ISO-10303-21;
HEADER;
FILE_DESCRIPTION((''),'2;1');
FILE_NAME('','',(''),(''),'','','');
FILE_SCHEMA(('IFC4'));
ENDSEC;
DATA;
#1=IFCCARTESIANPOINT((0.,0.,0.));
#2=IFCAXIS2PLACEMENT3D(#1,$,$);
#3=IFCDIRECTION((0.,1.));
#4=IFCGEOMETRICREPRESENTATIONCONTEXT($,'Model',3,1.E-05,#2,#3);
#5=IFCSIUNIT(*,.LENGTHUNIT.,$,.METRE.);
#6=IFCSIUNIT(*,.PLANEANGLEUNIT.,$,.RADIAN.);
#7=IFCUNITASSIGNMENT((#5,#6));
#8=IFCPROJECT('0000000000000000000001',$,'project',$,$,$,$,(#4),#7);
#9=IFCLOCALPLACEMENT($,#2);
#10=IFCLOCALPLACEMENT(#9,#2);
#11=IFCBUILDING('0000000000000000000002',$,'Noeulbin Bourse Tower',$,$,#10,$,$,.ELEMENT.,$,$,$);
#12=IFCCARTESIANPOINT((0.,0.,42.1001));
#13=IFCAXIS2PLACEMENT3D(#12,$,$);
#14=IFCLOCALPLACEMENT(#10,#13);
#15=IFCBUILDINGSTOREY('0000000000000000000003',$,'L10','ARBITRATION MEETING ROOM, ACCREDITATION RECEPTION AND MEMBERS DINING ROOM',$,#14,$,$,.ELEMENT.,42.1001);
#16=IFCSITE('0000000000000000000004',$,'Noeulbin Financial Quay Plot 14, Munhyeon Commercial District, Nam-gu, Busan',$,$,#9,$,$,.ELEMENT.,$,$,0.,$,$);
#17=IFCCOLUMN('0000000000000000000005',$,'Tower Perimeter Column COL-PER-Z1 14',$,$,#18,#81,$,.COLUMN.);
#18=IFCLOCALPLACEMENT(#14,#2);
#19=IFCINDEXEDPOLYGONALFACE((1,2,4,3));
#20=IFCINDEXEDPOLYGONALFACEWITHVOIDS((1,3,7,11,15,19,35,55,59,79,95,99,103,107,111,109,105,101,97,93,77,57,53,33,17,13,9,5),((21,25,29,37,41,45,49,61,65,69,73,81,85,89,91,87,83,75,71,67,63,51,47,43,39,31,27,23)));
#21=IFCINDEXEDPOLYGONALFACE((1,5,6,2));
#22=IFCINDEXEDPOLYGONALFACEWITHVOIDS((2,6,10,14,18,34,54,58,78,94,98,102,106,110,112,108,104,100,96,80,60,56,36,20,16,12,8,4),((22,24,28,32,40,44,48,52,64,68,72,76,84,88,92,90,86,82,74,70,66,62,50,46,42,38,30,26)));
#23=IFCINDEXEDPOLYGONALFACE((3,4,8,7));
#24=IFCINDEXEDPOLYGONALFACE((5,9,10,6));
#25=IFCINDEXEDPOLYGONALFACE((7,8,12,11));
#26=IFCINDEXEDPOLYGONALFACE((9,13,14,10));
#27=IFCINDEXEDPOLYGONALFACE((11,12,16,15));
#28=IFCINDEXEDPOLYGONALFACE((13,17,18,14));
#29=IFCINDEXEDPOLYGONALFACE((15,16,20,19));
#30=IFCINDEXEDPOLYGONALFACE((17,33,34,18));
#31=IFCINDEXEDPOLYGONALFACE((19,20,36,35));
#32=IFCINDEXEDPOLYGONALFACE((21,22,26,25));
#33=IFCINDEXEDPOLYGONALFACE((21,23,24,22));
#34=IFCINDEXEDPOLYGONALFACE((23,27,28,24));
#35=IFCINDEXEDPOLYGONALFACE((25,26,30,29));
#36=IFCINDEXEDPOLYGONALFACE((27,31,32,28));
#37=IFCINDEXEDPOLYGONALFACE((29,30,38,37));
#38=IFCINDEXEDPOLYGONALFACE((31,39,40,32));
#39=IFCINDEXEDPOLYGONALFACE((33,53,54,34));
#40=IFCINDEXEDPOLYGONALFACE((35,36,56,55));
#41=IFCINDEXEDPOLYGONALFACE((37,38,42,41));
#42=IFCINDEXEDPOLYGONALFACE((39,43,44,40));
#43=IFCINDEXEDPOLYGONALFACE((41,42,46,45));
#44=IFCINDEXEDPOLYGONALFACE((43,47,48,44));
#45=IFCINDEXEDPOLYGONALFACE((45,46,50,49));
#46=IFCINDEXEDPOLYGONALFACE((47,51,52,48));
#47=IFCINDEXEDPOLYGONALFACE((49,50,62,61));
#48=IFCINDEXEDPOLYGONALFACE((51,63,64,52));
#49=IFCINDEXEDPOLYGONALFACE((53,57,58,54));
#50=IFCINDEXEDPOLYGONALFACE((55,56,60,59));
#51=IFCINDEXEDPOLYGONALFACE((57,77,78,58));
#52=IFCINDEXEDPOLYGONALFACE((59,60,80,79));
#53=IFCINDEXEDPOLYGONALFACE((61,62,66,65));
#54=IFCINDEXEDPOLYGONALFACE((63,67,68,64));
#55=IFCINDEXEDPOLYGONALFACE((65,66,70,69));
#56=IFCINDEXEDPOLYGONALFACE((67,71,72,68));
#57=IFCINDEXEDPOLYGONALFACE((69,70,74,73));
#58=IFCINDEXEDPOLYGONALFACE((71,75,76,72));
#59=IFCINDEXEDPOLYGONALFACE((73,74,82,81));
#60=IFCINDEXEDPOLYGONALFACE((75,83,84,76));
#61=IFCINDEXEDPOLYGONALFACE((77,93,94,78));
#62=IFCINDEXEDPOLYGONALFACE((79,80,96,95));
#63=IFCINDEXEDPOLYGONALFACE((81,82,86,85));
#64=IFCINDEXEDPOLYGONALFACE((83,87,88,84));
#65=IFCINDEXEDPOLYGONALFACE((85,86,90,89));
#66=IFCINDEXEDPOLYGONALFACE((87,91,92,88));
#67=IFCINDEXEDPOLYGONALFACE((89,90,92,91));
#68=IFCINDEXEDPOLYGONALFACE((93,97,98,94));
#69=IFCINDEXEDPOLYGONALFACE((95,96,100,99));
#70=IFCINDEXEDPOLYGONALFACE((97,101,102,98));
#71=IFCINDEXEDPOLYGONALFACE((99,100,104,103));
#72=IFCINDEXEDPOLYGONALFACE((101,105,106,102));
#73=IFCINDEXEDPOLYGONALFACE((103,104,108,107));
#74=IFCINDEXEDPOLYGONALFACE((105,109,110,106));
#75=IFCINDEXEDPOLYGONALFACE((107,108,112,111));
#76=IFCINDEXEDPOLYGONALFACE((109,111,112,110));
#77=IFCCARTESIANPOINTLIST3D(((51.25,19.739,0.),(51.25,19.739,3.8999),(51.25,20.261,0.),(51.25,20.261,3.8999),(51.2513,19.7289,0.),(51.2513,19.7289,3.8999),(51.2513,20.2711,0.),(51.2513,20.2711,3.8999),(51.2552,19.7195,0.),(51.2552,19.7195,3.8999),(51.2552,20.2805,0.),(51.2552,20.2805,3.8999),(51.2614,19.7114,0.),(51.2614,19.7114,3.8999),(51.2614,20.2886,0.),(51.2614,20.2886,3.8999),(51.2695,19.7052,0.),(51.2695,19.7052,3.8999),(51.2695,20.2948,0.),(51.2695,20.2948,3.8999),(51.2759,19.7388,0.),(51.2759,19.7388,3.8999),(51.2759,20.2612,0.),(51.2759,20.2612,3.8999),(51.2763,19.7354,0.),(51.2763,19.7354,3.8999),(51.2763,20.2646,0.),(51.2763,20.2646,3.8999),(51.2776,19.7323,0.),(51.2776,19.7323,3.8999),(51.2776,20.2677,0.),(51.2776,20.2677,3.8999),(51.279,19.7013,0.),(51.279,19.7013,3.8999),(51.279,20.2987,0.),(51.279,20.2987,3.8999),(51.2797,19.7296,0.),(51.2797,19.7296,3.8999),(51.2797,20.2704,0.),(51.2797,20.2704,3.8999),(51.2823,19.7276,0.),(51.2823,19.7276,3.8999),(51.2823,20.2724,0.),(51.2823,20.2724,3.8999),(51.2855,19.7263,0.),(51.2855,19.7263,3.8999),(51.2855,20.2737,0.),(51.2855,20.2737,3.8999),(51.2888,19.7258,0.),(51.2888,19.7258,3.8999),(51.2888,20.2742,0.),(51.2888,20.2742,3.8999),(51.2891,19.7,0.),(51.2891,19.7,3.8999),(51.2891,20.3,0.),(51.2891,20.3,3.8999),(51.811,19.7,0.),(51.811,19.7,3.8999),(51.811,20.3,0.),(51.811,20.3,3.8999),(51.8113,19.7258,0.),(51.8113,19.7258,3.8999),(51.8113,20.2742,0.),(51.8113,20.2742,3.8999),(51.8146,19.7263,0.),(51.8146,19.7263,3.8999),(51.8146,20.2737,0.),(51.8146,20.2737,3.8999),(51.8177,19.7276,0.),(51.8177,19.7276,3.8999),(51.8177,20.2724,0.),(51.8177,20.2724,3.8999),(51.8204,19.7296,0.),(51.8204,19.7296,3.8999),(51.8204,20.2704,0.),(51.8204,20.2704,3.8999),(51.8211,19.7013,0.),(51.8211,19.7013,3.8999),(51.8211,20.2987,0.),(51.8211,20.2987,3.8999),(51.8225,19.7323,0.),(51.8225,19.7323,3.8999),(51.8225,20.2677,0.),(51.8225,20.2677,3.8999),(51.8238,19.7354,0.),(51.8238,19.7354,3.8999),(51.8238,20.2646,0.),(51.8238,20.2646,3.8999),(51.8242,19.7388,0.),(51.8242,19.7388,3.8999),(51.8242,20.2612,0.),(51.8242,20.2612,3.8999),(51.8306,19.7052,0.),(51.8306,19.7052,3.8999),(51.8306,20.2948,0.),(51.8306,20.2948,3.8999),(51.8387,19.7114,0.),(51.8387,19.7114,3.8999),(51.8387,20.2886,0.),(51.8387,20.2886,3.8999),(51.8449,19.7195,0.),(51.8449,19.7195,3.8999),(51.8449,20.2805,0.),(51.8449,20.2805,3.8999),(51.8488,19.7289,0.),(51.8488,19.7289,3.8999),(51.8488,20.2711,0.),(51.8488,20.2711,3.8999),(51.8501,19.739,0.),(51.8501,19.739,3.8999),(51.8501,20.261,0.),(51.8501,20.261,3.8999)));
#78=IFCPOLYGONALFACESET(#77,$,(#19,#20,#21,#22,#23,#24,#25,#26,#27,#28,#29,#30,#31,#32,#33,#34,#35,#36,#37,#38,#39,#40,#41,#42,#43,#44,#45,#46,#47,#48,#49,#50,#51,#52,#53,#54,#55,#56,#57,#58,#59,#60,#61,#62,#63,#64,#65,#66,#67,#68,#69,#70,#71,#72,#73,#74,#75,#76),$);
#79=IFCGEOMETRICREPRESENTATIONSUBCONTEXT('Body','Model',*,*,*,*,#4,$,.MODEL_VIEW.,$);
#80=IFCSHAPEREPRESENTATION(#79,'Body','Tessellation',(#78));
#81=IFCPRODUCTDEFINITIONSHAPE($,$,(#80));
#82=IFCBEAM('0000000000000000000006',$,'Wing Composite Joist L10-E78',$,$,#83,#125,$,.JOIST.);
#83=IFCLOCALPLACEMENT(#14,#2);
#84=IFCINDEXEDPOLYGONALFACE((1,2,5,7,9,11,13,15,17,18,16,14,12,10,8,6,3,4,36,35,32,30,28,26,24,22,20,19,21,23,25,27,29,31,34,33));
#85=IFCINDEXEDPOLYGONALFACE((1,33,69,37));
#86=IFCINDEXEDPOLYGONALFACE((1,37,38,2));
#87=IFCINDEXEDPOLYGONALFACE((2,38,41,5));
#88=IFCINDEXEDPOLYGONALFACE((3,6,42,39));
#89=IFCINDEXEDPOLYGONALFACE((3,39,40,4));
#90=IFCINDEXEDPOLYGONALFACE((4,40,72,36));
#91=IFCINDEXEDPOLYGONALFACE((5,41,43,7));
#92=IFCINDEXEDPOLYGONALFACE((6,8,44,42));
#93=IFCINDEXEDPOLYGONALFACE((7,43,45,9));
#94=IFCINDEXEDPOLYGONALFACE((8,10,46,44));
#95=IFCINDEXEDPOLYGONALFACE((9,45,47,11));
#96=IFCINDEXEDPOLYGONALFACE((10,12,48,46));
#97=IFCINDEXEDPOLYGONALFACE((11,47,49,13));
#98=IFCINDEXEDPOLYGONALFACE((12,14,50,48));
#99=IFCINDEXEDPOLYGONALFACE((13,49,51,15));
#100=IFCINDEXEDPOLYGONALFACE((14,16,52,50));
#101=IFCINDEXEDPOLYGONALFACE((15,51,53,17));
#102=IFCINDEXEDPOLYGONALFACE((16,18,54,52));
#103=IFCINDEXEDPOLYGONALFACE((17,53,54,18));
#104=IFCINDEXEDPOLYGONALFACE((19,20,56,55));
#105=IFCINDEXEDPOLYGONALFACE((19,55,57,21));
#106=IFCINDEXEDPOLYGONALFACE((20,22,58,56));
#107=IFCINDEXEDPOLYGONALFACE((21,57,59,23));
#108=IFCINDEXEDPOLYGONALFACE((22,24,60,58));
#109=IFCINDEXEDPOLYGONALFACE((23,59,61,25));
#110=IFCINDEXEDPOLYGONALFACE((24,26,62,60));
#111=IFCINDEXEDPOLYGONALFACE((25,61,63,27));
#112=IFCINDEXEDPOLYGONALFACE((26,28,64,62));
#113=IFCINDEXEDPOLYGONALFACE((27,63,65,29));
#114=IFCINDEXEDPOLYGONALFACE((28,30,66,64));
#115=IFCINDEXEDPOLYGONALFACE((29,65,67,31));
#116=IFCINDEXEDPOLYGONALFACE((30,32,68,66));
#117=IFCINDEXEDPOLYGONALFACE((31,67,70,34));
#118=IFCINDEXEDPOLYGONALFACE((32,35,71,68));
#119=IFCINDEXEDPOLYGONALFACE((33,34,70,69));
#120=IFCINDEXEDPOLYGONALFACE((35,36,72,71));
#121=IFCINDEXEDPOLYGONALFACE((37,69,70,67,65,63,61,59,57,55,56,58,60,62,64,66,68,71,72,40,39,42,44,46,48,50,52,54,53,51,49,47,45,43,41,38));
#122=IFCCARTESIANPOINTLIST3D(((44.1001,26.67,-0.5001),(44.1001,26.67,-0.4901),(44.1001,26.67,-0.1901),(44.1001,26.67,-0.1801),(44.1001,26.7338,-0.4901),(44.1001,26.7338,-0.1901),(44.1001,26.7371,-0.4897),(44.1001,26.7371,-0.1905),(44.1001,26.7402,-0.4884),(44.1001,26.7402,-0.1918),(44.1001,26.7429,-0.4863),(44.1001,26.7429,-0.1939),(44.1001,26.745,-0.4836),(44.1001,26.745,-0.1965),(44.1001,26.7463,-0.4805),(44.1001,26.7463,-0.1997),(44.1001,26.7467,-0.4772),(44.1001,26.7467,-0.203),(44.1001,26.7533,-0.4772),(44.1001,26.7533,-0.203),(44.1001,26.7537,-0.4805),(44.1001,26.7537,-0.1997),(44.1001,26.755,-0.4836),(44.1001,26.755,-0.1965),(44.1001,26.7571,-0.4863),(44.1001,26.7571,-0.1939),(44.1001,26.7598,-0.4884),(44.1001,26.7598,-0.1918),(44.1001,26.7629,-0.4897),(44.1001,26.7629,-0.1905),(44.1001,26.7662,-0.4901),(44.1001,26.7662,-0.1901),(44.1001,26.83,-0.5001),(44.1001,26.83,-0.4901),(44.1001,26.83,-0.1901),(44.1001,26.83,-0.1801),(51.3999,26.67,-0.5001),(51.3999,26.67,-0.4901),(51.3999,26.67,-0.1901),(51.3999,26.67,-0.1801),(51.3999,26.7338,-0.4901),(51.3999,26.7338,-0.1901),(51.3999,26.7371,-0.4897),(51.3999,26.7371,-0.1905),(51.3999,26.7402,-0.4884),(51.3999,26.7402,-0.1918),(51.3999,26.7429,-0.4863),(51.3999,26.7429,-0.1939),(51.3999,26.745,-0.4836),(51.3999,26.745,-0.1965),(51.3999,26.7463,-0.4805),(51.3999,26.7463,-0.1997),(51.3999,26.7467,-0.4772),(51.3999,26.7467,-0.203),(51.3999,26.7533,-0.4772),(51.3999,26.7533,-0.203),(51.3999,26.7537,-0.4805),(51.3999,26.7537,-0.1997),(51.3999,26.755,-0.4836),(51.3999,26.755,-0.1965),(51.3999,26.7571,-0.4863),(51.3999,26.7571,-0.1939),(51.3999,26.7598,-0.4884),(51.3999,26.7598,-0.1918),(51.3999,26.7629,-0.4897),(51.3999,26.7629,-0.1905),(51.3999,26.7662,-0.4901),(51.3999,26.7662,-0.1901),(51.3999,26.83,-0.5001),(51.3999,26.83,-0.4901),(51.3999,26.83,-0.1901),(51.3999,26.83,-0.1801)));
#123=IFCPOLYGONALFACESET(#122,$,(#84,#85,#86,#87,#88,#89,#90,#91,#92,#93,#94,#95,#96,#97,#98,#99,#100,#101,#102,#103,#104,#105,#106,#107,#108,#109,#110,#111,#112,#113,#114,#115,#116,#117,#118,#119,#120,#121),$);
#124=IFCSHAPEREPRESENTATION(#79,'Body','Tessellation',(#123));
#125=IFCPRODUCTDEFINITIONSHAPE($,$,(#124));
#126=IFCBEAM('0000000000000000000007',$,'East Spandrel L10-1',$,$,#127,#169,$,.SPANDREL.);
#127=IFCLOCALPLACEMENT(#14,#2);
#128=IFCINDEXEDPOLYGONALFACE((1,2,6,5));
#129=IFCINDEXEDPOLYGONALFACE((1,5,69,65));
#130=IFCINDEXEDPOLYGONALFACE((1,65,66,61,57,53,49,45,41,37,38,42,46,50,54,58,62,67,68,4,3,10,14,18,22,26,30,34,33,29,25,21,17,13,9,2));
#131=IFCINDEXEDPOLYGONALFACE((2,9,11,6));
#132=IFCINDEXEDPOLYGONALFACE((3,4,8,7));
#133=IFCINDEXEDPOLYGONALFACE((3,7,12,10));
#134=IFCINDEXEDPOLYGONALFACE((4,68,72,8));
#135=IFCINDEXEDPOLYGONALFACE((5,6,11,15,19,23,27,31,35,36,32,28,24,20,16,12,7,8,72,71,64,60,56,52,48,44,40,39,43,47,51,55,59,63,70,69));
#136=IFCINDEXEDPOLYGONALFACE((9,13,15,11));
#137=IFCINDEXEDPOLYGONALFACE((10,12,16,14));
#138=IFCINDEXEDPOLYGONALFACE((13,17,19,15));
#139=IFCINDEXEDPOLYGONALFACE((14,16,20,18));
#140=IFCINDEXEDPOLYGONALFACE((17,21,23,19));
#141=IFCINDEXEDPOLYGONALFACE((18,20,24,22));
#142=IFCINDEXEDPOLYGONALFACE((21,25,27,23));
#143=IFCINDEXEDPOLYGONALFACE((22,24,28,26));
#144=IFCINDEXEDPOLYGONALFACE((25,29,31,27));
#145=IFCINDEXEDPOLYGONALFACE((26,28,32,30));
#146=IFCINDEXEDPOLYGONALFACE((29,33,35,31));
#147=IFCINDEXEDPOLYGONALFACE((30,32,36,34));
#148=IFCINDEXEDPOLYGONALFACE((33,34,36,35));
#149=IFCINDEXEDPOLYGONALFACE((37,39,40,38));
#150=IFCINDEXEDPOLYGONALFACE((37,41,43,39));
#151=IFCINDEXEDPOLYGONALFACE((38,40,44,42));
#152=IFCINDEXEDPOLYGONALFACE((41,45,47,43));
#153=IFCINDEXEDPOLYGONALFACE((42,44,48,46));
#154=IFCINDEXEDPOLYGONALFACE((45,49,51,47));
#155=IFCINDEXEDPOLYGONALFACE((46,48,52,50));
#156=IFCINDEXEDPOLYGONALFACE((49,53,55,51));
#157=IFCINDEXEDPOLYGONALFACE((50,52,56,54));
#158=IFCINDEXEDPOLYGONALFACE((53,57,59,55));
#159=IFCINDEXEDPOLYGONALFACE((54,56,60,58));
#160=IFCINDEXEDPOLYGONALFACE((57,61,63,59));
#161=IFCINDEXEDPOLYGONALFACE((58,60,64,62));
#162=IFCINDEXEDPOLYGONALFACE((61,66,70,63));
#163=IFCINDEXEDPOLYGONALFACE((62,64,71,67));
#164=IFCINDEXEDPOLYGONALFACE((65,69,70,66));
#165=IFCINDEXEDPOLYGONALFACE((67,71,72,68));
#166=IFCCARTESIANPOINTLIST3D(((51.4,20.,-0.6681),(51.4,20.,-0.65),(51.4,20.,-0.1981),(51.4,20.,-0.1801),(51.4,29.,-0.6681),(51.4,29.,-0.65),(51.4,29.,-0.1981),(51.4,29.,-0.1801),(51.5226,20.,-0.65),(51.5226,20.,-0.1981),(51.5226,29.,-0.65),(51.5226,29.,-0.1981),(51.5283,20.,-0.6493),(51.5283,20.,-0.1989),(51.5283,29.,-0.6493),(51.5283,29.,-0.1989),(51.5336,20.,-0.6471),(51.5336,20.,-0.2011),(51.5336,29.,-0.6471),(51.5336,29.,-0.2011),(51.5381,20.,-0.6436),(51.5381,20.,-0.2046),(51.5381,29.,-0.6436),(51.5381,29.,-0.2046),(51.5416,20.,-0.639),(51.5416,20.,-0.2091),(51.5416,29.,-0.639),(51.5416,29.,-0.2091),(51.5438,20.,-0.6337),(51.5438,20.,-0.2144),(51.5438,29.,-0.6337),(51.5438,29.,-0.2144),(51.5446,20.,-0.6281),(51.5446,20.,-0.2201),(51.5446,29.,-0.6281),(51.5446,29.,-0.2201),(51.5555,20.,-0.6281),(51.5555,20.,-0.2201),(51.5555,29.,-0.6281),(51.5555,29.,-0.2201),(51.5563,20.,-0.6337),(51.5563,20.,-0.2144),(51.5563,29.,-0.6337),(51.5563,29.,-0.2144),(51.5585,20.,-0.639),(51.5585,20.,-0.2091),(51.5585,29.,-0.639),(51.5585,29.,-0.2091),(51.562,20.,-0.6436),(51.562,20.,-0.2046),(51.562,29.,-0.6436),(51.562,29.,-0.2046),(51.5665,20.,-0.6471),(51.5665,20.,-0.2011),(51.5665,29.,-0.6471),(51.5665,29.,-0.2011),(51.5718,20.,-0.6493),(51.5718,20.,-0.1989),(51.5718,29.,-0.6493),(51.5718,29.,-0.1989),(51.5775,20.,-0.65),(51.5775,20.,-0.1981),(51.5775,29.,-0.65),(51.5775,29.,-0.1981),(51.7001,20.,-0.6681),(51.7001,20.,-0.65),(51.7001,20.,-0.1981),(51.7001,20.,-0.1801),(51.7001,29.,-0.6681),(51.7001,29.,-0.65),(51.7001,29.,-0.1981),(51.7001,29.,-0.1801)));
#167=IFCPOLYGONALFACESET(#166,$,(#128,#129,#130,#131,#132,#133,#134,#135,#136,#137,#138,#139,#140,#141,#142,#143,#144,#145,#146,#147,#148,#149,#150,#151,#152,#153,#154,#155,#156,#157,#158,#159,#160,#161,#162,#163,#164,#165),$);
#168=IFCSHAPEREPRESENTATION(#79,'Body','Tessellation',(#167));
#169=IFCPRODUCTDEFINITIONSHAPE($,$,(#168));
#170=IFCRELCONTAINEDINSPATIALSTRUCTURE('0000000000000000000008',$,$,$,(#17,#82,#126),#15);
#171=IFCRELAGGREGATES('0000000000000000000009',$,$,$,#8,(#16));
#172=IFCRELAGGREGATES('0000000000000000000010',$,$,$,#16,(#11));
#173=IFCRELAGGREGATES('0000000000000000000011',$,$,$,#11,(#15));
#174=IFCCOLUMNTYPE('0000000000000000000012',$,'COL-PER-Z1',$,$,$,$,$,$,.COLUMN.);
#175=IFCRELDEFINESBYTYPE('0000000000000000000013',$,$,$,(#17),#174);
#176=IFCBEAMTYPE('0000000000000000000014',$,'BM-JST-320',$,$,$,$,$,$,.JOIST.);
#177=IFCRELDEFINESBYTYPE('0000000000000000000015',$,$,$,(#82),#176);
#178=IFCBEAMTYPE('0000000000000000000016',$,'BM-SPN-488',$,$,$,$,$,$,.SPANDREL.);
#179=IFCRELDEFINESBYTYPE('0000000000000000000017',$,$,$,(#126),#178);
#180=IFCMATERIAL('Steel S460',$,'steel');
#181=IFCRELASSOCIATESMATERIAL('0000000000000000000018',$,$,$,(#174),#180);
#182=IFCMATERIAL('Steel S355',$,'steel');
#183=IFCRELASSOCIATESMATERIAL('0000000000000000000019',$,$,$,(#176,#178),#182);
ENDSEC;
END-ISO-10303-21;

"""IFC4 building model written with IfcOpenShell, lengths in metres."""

from ifc_helpers import new_model, si_unit, direction, frame, origin, origin_2d, place, context, subcontext, project, spatial, hollow_rectangle, i_section, extrude, material, material_profile, profile_set, type_object, element, save


model = new_model("IFC4")

# Units and contexts
model_context = context("Model", 3, precision=1e-05, world=origin(), true_north=direction((0.0, 1.0)))
body_context = subcontext(model_context, "Body", "Model", "MODEL_VIEW")
ifc_project = project(units=[si_unit("LENGTHUNIT", "METRE"), si_unit("PLANEANGLEUNIT", "RADIAN")], contexts=[model_context])

# Site, building, storey
site_placement = place(None, origin())
site = spatial("IfcSite", under=ifc_project, at=site_placement, Name="Noeulbin Financial Quay Plot 14, Munhyeon Commercial District, Nam-gu, Busan", CompositionType="ELEMENT", RefElevation=0.0)
building_placement = place(site_placement, origin())
building = spatial("IfcBuilding", under=site, at=building_placement, Name="Noeulbin Bourse Tower", CompositionType="ELEMENT")
storey_placement = place(building_placement, frame((0.0, 0.0, 42.1001)))
storey = spatial("IfcBuildingStorey", under=building, at=storey_placement, Name="L10", Description="ARBITRATION MEETING ROOM, ACCREDITATION RECEPTION AND MEMBERS DINING ROOM", CompositionType="ELEMENT", Elevation=42.1001)

# Column
ifc_material_1 = material(Name="Steel S460", Category="steel")
ifc_material_profile_1 = material_profile(ifc_material_1, hollow_rectangle(XDim=0.6001, YDim=0.6001, WallThickness=0.0259, InnerFilletRadius=0.0129, OuterFilletRadius=0.0391, at=origin_2d()), Name="BOX-600x600x26", Category="LoadBearing")
ifc_profile_set_1 = profile_set([ifc_material_profile_1], Name="Steel S460")
column_type = type_object("IfcColumnType", Name="COL-PER-Z1", PredefinedType="COLUMN", material=ifc_profile_set_1)
column_placement = place(storey_placement, frame((51.55, 20.0, 0.0), z_axis=(0.0, 0.0, 1.0), x_axis=(1.0, 0.0, 0.0)))
element("IfcColumn", 1, at=column_placement, inside=storey, type_object=column_type, Name="Tower Perimeter Column COL-PER-Z1 14", PredefinedType="COLUMN", context=body_context, shape_type="SweptSolid", body=[
    extrude(hollow_rectangle(XDim=0.6001, YDim=0.6001, WallThickness=0.0259, InnerFilletRadius=0.0129, OuterFilletRadius=0.0391, at=origin_2d()), origin(), (0.0, 0.0, 1.0), 3.8999),
])

# Beams
ifc_material_2 = material(Name="Steel S355", Category="steel")
ifc_material_profile_2 = material_profile(ifc_material_2, i_section(OverallWidth=0.1599, OverallDepth=0.3201, WebThickness=0.0066, FlangeThickness=0.01, FilletRadius=0.0129, at=origin_2d()), Name="H-320x160x6.5x10", Category="LoadBearing")
ifc_profile_set_2 = profile_set([ifc_material_profile_2], Name="Steel S355")
beam_type_1 = type_object("IfcBeamType", Name="BM-JST-320", PredefinedType="JOIST", material=ifc_profile_set_2)
beam_1_placement = place(storey_placement, frame((44.1001, 26.75, -0.3401), z_axis=(1.0, 0.0, 0.0), x_axis=(0.0, 1.0, 0.0)))
element("IfcBeam", 2, at=beam_1_placement, inside=storey, type_object=beam_type_1, Name="Wing Composite Joist L10-E78", PredefinedType="JOIST", context=body_context, shape_type="SweptSolid", body=[
    extrude(i_section(OverallWidth=0.1599, OverallDepth=0.3201, WebThickness=0.0066, FlangeThickness=0.01, FilletRadius=0.0129, at=origin_2d()), origin(), (0.0, 0.0, 1.0), 7.2998),
])
ifc_material_profile_3 = material_profile(ifc_material_2, i_section(OverallWidth=0.3, OverallDepth=0.488, WebThickness=0.011, FlangeThickness=0.0181, FilletRadius=0.022, at=origin_2d()), Name="H-488x300x11x18", Category="LoadBearing")
ifc_profile_set_3 = profile_set([ifc_material_profile_3], Name="Steel S355")
beam_type_2 = type_object("IfcBeamType", Name="BM-SPN-488", PredefinedType="SPANDREL", material=ifc_profile_set_3)
beam_2_placement = place(storey_placement, frame((51.55, 20.0, -0.4241), z_axis=(0.0, 1.0, 0.0), x_axis=(-1.0, 0.0, 0.0)))
element("IfcBeam", 3, at=beam_2_placement, inside=storey, type_object=beam_type_2, Name="East Spandrel L10-1", PredefinedType="SPANDREL", context=body_context, shape_type="SweptSolid", body=[
    extrude(i_section(OverallWidth=0.3, OverallDepth=0.488, WebThickness=0.011, FlangeThickness=0.0181, FilletRadius=0.022, at=origin_2d()), origin(), (0.0, 0.0, 1.0), 9.0),
])

save(model, "model.ifc")
